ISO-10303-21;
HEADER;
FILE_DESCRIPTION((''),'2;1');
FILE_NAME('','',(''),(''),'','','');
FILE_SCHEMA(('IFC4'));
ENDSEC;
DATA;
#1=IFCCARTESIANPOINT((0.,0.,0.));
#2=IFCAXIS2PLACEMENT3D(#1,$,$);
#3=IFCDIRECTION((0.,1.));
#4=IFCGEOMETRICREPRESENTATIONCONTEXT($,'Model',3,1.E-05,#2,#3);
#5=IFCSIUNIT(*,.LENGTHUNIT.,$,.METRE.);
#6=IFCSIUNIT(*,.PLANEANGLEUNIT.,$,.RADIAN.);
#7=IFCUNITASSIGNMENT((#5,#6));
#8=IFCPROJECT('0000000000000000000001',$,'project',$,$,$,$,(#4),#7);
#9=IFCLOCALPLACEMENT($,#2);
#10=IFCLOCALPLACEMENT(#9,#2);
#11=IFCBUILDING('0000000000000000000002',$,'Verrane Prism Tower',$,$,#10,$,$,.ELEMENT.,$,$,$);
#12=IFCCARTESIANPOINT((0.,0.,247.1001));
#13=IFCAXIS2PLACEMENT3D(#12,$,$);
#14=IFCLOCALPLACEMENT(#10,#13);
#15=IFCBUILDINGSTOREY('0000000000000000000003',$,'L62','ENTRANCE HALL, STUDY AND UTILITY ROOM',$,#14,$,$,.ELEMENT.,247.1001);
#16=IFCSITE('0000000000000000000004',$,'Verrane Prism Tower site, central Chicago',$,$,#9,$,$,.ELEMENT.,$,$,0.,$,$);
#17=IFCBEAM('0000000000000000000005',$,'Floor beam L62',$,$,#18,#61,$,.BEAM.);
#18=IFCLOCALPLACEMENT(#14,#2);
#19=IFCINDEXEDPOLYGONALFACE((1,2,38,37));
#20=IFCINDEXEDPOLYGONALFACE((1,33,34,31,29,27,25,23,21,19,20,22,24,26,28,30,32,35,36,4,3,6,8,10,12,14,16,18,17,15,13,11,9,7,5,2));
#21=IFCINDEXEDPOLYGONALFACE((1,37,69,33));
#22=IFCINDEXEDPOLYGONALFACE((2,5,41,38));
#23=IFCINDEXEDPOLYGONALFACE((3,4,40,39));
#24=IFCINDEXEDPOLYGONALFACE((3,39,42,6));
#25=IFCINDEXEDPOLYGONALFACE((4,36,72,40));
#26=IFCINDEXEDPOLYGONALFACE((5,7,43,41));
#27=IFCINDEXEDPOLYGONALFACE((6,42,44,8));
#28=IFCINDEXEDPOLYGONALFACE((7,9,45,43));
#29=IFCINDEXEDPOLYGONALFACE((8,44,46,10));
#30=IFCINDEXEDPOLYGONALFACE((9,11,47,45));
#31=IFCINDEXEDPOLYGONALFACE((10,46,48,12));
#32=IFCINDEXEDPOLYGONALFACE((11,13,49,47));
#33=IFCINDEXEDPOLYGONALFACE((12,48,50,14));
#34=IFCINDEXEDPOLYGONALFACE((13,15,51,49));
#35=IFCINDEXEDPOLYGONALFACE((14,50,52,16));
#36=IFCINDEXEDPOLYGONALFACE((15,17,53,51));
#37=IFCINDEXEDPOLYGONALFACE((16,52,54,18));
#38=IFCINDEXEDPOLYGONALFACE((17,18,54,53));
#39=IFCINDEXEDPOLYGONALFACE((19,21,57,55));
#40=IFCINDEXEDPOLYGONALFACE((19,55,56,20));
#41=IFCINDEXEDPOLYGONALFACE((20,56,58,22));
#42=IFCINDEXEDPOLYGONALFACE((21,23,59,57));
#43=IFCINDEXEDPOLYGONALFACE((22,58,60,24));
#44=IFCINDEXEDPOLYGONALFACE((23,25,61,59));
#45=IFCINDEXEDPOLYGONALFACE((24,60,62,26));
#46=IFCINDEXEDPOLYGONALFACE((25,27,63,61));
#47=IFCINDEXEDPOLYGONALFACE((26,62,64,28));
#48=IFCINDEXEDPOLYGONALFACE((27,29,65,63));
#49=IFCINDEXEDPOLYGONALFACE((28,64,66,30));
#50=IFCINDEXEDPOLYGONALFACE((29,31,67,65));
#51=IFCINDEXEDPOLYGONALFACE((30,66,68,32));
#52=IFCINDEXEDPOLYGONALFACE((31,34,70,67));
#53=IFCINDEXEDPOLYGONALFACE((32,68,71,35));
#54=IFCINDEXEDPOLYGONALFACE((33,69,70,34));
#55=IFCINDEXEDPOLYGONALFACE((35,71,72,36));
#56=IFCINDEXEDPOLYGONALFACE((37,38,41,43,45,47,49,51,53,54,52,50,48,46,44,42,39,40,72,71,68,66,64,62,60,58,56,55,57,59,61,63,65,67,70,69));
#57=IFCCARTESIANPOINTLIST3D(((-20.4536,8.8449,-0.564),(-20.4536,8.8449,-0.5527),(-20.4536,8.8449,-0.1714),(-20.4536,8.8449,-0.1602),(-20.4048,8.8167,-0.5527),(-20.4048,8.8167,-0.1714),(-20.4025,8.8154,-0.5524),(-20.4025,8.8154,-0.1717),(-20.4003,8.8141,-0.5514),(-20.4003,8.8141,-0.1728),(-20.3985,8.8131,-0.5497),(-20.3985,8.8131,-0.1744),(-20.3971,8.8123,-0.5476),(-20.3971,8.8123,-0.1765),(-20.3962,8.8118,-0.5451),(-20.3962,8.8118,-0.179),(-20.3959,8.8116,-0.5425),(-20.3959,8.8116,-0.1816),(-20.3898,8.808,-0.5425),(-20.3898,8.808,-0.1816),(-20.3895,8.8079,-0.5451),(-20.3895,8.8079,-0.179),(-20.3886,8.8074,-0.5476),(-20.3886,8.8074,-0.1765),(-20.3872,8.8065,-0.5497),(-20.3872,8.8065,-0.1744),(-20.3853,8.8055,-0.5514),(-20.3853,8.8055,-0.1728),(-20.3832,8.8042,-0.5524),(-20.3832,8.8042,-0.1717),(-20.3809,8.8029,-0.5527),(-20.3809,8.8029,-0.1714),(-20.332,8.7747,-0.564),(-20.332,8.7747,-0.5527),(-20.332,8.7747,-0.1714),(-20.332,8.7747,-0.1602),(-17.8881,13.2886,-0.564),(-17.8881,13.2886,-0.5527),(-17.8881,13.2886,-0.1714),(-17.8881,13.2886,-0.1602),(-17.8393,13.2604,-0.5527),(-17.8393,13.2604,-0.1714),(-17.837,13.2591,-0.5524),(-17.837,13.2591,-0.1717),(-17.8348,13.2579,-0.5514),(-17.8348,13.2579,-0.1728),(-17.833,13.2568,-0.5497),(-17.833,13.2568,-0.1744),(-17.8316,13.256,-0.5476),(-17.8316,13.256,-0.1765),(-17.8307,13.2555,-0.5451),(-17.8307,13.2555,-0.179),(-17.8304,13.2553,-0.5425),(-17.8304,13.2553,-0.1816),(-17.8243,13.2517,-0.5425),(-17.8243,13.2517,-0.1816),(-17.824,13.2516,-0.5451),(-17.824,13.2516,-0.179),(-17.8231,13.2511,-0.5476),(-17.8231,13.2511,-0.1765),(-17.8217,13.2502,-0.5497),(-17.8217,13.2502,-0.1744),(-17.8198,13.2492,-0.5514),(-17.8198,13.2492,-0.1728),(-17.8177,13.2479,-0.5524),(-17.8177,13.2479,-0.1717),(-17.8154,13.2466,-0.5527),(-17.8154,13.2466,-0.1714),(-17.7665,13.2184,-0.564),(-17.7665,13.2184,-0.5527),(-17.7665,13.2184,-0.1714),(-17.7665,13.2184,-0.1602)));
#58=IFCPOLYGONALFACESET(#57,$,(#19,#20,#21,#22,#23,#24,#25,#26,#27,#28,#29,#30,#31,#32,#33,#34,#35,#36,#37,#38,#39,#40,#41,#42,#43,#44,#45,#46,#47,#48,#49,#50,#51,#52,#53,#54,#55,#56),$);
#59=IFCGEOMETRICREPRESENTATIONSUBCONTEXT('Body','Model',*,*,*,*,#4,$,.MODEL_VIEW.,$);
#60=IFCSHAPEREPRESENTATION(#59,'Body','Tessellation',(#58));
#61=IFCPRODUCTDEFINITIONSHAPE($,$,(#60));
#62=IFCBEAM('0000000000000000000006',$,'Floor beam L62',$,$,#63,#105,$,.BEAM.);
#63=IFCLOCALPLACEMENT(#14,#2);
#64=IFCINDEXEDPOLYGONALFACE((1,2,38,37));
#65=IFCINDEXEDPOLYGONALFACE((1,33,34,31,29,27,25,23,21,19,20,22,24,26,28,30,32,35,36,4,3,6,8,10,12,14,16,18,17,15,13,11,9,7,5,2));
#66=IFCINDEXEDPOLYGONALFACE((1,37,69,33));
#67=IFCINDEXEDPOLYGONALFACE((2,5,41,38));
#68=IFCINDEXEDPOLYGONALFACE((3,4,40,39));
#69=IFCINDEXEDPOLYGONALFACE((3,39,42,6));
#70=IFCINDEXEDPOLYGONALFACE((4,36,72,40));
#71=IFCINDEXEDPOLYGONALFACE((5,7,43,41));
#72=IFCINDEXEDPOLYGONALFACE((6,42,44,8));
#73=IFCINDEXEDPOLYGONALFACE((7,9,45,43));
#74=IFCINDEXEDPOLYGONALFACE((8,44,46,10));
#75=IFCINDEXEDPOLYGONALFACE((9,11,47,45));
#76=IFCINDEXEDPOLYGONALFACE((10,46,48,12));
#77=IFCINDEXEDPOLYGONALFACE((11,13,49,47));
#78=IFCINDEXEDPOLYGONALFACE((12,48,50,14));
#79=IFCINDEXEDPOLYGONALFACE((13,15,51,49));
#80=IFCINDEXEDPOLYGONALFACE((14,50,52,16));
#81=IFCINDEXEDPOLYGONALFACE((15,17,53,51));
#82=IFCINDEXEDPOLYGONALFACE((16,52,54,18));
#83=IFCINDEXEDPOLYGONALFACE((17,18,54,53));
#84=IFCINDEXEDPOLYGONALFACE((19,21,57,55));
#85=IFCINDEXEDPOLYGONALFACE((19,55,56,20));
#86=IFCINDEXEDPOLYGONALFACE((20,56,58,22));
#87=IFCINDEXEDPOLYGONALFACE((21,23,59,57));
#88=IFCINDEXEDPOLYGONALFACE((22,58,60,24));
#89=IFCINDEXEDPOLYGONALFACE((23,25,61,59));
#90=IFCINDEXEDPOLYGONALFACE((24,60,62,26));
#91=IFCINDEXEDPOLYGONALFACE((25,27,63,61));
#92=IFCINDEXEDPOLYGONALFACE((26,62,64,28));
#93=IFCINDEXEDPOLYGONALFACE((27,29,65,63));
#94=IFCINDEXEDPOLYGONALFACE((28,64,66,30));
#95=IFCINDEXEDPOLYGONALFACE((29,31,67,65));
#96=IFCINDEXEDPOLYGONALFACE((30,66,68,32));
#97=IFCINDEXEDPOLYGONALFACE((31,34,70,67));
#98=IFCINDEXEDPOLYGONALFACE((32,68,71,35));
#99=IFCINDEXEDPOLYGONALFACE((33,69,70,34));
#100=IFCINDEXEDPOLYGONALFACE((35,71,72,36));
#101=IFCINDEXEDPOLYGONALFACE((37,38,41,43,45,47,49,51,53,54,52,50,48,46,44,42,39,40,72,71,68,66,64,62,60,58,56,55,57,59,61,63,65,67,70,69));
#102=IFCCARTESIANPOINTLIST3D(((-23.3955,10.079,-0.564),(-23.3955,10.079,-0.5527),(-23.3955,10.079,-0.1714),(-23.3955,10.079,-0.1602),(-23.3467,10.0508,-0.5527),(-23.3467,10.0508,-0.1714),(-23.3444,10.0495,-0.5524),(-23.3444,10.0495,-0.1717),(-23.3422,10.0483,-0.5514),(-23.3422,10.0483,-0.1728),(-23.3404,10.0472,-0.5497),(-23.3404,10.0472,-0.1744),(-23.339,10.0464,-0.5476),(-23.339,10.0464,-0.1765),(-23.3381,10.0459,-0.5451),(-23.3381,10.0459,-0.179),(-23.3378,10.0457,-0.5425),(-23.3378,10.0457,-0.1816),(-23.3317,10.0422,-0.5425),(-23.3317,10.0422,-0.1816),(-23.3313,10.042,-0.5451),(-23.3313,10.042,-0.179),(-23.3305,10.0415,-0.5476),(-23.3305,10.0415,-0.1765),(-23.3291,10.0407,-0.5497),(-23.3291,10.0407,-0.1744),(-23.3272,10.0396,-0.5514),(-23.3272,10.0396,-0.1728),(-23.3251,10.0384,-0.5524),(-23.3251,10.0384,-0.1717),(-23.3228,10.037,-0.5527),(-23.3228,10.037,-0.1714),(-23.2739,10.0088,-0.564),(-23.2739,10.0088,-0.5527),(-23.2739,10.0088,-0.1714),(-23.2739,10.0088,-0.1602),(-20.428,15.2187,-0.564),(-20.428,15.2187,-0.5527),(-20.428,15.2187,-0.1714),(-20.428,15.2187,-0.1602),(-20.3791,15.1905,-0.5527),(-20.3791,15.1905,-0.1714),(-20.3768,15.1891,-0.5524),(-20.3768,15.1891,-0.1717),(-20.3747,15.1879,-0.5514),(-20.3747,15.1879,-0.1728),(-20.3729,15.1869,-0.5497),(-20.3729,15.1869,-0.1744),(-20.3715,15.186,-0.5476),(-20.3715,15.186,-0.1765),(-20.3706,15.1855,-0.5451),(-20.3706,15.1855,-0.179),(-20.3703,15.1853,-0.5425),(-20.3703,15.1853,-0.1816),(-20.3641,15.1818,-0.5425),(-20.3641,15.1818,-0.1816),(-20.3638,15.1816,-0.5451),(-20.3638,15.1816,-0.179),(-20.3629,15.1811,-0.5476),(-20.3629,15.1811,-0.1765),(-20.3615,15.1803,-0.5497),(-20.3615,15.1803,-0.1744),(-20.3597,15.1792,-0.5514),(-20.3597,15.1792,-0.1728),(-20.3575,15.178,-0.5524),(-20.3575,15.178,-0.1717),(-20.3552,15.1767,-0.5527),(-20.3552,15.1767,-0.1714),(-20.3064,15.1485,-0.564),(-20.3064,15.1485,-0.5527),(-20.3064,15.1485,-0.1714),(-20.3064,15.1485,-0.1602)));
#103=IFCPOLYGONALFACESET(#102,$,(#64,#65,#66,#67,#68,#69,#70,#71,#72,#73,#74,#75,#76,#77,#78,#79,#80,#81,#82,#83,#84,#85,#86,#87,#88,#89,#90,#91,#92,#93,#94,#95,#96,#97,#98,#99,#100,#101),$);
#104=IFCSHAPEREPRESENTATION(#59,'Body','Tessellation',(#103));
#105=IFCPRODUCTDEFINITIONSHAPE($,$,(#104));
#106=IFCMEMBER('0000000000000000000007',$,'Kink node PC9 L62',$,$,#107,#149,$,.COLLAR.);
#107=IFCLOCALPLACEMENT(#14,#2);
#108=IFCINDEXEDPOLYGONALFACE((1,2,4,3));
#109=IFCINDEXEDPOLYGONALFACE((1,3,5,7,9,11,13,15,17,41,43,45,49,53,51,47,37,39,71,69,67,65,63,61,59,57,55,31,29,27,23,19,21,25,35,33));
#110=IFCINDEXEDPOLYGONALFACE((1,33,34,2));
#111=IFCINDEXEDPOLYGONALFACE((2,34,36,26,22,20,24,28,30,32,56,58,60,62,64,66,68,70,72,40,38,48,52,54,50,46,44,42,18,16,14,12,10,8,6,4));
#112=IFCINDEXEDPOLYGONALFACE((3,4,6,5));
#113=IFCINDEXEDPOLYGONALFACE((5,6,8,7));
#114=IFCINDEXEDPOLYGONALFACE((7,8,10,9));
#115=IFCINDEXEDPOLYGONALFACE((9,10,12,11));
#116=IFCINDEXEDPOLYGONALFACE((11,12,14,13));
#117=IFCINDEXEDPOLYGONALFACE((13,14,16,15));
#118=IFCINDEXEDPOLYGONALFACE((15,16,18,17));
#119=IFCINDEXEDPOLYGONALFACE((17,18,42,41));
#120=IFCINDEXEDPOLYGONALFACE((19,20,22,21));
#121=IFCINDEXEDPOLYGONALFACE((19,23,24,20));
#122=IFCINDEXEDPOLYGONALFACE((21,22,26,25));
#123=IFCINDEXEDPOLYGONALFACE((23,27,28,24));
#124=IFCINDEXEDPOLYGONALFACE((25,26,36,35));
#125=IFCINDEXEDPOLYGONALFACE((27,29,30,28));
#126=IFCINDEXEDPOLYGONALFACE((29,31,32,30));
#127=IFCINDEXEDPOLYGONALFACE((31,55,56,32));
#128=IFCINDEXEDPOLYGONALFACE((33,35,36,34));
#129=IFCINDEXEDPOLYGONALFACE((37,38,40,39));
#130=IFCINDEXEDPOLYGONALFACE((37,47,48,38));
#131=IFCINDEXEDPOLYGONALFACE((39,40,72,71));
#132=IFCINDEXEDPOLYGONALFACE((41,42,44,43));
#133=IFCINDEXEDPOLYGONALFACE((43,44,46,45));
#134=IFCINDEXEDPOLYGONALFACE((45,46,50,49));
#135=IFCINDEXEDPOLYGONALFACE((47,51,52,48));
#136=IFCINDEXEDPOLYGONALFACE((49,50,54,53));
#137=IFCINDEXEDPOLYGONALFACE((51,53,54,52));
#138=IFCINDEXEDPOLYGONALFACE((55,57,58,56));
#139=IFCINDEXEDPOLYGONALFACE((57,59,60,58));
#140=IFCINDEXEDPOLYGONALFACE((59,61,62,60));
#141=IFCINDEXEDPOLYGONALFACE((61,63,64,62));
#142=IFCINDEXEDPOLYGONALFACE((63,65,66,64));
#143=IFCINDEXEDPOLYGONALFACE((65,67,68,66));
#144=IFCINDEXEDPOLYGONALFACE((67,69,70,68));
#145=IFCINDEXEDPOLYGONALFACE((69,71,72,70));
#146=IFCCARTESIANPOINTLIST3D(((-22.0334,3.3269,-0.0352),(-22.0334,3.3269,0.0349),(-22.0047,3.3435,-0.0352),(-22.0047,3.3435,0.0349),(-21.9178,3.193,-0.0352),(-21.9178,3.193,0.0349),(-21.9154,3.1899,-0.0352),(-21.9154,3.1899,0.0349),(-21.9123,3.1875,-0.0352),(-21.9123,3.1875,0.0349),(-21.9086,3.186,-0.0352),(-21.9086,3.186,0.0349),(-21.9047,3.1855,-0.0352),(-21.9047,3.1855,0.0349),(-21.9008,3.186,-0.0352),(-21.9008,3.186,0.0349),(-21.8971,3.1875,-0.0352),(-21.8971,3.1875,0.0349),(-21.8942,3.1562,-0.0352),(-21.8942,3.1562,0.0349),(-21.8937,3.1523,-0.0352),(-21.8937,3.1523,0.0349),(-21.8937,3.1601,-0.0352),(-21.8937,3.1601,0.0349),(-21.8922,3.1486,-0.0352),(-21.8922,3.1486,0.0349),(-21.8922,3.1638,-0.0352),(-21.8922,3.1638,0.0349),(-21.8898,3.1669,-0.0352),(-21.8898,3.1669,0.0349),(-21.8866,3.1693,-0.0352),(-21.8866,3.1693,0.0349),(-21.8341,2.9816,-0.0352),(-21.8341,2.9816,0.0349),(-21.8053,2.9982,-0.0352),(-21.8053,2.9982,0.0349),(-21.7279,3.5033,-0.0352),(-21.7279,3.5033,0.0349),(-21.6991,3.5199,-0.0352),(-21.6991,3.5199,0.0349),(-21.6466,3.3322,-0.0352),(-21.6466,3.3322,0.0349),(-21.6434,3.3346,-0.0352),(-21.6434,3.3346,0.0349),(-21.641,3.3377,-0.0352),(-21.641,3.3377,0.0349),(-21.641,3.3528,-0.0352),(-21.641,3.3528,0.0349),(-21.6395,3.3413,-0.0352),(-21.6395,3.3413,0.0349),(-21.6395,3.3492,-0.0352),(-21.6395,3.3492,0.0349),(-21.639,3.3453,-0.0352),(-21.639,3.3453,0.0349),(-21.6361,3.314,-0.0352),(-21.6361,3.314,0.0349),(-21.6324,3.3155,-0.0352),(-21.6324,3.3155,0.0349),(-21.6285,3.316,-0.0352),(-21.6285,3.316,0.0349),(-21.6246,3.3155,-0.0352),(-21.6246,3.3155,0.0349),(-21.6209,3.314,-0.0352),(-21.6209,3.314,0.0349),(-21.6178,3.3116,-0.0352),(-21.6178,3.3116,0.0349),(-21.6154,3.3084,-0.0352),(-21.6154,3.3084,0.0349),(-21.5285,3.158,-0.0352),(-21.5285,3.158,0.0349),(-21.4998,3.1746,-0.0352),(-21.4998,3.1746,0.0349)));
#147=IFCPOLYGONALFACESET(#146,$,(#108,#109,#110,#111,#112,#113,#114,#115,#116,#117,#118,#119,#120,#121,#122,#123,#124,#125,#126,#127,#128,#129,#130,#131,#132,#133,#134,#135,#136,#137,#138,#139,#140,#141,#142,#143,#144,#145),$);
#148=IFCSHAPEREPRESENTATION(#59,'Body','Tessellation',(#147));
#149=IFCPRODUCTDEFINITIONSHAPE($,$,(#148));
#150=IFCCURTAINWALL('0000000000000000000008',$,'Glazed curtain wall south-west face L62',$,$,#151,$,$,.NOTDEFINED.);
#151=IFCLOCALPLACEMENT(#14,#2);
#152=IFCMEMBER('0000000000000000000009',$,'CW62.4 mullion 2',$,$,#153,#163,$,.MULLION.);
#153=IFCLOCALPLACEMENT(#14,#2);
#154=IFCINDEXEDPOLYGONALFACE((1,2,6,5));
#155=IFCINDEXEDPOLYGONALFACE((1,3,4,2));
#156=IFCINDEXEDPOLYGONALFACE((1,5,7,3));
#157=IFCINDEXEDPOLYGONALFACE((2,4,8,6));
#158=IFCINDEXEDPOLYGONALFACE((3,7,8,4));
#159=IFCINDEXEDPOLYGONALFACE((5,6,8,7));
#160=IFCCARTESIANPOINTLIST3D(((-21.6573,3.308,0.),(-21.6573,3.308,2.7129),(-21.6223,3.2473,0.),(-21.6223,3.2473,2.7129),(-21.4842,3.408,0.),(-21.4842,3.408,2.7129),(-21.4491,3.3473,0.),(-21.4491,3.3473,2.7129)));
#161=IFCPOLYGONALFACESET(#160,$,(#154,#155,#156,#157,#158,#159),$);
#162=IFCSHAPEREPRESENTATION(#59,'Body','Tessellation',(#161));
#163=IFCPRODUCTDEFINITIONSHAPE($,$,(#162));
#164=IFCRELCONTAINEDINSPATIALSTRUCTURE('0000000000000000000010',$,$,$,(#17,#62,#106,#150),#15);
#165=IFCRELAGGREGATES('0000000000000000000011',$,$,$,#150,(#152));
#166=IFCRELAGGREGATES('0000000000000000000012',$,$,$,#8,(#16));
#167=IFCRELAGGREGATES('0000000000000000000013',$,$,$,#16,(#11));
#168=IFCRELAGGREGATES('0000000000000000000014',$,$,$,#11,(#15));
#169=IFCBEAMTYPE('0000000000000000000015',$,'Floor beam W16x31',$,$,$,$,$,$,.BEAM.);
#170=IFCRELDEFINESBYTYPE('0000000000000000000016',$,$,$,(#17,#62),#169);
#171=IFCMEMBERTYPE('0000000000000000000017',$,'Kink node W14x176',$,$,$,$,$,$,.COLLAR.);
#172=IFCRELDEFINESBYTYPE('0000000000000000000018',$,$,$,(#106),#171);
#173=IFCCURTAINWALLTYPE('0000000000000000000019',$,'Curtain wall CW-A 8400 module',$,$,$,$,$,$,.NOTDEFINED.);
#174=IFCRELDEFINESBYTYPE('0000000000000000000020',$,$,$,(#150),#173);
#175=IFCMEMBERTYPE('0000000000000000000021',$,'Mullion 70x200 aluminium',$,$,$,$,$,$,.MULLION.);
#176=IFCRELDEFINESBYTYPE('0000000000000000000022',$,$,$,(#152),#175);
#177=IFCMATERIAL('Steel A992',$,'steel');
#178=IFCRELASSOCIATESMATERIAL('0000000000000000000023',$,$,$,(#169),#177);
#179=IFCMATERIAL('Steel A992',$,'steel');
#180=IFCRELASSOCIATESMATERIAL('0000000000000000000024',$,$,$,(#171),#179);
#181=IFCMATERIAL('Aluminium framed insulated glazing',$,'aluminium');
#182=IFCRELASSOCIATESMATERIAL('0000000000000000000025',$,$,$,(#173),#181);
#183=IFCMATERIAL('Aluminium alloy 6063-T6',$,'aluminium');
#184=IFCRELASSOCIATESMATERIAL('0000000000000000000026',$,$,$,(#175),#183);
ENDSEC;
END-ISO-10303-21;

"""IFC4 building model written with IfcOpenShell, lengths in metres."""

from ifc_helpers import new_model, si_unit, direction, frame, origin, origin_2d, place, context, subcontext, project, spatial, rectangle, i_section, extrude, material, material_profile, profile_set, type_object, element, aggregate, save


model = new_model("IFC4")

# Units and contexts
model_context = context("Model", 3, precision=1e-05, world=origin(), true_north=direction((0.0, 1.0)))
body_context = subcontext(model_context, "Body", "Model", "MODEL_VIEW")
ifc_project = project(units=[si_unit("LENGTHUNIT", "METRE"), si_unit("PLANEANGLEUNIT", "RADIAN")], contexts=[model_context])

# Site, building, storey
site_placement = place(None, origin())
site = spatial("IfcSite", under=ifc_project, at=site_placement, Name="Verrane Prism Tower site, central Chicago", CompositionType="ELEMENT", RefElevation=0.0)
building_placement = place(site_placement, origin())
building = spatial("IfcBuilding", under=site, at=building_placement, Name="Verrane Prism Tower", CompositionType="ELEMENT")
storey_placement = place(building_placement, frame((0.0, 0.0, 247.1001)))
storey = spatial("IfcBuildingStorey", under=building, at=storey_placement, Name="L62", Description="ENTRANCE HALL, STUDY AND UTILITY ROOM", CompositionType="ELEMENT", Elevation=247.1001)

# Beams
ifc_material_1 = material(Name="Steel A992", Category="steel")
ifc_material_profile_1 = material_profile(ifc_material_1, i_section(OverallWidth=0.1404, OverallDepth=0.4038, WebThickness=0.0071, FlangeThickness=0.0112, FilletRadius=0.0103, at=origin_2d()), Name="W16x31")
ifc_profile_set_1 = profile_set([ifc_material_profile_1], Name="Steel A992")
beam_type_1 = type_object("IfcBeamType", Name="Floor beam W16x31", PredefinedType="BEAM", material=ifc_profile_set_1)
beam_1_placement = place(storey_placement, frame((-20.3928, 8.8098, -0.3621), z_axis=(0.499987, 0.866033, 0.0), x_axis=(-0.866033, 0.499987, 0.0)))
element("IfcBeam", 1, at=beam_1_placement, inside=storey, type_object=beam_type_1, Name="Floor beam L62", PredefinedType="BEAM", context=body_context, shape_type="SweptSolid", body=[
    extrude(i_section(OverallWidth=0.1404, OverallDepth=0.4038, WebThickness=0.0071, FlangeThickness=0.0112, FilletRadius=0.0103, at=origin_2d()), origin(), (0.0, 0.0, 1.0), 5.1311),
])
beam_2_placement = place(storey_placement, frame((-23.3347, 10.0439, -0.3621), z_axis=(0.500019, 0.866014, 0.0), x_axis=(-0.866014, 0.500019, 0.0)))
element("IfcBeam", 2, at=beam_2_placement, inside=storey, type_object=beam_type_1, Name="Floor beam L62", PredefinedType="BEAM", context=body_context, shape_type="SweptSolid", body=[
    extrude(i_section(OverallWidth=0.1404, OverallDepth=0.4038, WebThickness=0.0071, FlangeThickness=0.0112, FilletRadius=0.0103, at=origin_2d()), origin(), (0.0, 0.0, 1.0), 5.9348),
])

# Member
ifc_material_2 = material(Name="Steel A992", Category="steel")
ifc_material_profile_2 = material_profile(ifc_material_2, i_section(OverallWidth=0.3987, OverallDepth=0.386, WebThickness=0.021, FlangeThickness=0.0332, FilletRadius=0.0151, at=origin_2d()), Name="W14x176")
ifc_profile_set_2 = profile_set([ifc_material_profile_2], Name="Steel A992")
member_type_1 = type_object("IfcMemberType", Name="Kink node W14x176", PredefinedType="COLLAR", material=ifc_profile_set_2)
member_1_placement = place(storey_placement, frame((-21.7666, 3.2507, -0.0352), z_axis=(0.0, 0.0, 1.0), x_axis=(-0.5, 0.866025, 0.0)))
element("IfcMember", 3, at=member_1_placement, inside=storey, type_object=member_type_1, Name="Kink node PC9 L62", PredefinedType="COLLAR", context=body_context, shape_type="SweptSolid", body=[
    extrude(i_section(OverallWidth=0.3987, OverallDepth=0.386, WebThickness=0.021, FlangeThickness=0.0332, FilletRadius=0.0151, at=origin_2d()), origin(), (0.0, 0.0, 1.0), 0.0701),
])

# Curtain wall, member
ifc_material_3 = material(Name="Aluminium framed insulated glazing", Category="aluminium")
curtain_wall_type = type_object("IfcCurtainWallType", Name="Curtain wall CW-A 8400 module", PredefinedType="NOTDEFINED", material=ifc_material_3)
curtain_wall_placement = place(storey_placement, origin())
curtain_wall = element("IfcCurtainWall", 4, at=curtain_wall_placement, inside=storey, type_object=curtain_wall_type, Name="Glazed curtain wall south-west face L62", PredefinedType="NOTDEFINED")
ifc_material_4 = material(Name="Aluminium alloy 6063-T6", Category="aluminium")
ifc_material_profile_3 = material_profile(ifc_material_4, rectangle(XDim=0.2, YDim=0.0701, at=origin_2d()), Name="Mullion 70x200 aluminium")
ifc_profile_set_3 = profile_set([ifc_material_profile_3], Name="Aluminium alloy 6063-T6")
member_type_2 = type_object("IfcMemberType", Name="Mullion 70x200 aluminium", PredefinedType="MULLION", material=ifc_profile_set_3)
member_2_placement = place(storey_placement, frame((-21.5532, 3.3276, 0.0), z_axis=(0.0, 0.0, 1.0), x_axis=(0.866026, 0.5, 0.0)))
member_2 = element("IfcMember", 5, at=member_2_placement, type_object=member_type_2, Name="CW62.4 mullion 2", PredefinedType="MULLION", context=body_context, shape_type="SweptSolid", body=[
    extrude(rectangle(XDim=0.2, YDim=0.0701, at=origin_2d()), origin(), (0.0, 0.0, 1.0), 2.7129),
])

aggregate(curtain_wall, [member_2])

save(model, "model.ifc")
